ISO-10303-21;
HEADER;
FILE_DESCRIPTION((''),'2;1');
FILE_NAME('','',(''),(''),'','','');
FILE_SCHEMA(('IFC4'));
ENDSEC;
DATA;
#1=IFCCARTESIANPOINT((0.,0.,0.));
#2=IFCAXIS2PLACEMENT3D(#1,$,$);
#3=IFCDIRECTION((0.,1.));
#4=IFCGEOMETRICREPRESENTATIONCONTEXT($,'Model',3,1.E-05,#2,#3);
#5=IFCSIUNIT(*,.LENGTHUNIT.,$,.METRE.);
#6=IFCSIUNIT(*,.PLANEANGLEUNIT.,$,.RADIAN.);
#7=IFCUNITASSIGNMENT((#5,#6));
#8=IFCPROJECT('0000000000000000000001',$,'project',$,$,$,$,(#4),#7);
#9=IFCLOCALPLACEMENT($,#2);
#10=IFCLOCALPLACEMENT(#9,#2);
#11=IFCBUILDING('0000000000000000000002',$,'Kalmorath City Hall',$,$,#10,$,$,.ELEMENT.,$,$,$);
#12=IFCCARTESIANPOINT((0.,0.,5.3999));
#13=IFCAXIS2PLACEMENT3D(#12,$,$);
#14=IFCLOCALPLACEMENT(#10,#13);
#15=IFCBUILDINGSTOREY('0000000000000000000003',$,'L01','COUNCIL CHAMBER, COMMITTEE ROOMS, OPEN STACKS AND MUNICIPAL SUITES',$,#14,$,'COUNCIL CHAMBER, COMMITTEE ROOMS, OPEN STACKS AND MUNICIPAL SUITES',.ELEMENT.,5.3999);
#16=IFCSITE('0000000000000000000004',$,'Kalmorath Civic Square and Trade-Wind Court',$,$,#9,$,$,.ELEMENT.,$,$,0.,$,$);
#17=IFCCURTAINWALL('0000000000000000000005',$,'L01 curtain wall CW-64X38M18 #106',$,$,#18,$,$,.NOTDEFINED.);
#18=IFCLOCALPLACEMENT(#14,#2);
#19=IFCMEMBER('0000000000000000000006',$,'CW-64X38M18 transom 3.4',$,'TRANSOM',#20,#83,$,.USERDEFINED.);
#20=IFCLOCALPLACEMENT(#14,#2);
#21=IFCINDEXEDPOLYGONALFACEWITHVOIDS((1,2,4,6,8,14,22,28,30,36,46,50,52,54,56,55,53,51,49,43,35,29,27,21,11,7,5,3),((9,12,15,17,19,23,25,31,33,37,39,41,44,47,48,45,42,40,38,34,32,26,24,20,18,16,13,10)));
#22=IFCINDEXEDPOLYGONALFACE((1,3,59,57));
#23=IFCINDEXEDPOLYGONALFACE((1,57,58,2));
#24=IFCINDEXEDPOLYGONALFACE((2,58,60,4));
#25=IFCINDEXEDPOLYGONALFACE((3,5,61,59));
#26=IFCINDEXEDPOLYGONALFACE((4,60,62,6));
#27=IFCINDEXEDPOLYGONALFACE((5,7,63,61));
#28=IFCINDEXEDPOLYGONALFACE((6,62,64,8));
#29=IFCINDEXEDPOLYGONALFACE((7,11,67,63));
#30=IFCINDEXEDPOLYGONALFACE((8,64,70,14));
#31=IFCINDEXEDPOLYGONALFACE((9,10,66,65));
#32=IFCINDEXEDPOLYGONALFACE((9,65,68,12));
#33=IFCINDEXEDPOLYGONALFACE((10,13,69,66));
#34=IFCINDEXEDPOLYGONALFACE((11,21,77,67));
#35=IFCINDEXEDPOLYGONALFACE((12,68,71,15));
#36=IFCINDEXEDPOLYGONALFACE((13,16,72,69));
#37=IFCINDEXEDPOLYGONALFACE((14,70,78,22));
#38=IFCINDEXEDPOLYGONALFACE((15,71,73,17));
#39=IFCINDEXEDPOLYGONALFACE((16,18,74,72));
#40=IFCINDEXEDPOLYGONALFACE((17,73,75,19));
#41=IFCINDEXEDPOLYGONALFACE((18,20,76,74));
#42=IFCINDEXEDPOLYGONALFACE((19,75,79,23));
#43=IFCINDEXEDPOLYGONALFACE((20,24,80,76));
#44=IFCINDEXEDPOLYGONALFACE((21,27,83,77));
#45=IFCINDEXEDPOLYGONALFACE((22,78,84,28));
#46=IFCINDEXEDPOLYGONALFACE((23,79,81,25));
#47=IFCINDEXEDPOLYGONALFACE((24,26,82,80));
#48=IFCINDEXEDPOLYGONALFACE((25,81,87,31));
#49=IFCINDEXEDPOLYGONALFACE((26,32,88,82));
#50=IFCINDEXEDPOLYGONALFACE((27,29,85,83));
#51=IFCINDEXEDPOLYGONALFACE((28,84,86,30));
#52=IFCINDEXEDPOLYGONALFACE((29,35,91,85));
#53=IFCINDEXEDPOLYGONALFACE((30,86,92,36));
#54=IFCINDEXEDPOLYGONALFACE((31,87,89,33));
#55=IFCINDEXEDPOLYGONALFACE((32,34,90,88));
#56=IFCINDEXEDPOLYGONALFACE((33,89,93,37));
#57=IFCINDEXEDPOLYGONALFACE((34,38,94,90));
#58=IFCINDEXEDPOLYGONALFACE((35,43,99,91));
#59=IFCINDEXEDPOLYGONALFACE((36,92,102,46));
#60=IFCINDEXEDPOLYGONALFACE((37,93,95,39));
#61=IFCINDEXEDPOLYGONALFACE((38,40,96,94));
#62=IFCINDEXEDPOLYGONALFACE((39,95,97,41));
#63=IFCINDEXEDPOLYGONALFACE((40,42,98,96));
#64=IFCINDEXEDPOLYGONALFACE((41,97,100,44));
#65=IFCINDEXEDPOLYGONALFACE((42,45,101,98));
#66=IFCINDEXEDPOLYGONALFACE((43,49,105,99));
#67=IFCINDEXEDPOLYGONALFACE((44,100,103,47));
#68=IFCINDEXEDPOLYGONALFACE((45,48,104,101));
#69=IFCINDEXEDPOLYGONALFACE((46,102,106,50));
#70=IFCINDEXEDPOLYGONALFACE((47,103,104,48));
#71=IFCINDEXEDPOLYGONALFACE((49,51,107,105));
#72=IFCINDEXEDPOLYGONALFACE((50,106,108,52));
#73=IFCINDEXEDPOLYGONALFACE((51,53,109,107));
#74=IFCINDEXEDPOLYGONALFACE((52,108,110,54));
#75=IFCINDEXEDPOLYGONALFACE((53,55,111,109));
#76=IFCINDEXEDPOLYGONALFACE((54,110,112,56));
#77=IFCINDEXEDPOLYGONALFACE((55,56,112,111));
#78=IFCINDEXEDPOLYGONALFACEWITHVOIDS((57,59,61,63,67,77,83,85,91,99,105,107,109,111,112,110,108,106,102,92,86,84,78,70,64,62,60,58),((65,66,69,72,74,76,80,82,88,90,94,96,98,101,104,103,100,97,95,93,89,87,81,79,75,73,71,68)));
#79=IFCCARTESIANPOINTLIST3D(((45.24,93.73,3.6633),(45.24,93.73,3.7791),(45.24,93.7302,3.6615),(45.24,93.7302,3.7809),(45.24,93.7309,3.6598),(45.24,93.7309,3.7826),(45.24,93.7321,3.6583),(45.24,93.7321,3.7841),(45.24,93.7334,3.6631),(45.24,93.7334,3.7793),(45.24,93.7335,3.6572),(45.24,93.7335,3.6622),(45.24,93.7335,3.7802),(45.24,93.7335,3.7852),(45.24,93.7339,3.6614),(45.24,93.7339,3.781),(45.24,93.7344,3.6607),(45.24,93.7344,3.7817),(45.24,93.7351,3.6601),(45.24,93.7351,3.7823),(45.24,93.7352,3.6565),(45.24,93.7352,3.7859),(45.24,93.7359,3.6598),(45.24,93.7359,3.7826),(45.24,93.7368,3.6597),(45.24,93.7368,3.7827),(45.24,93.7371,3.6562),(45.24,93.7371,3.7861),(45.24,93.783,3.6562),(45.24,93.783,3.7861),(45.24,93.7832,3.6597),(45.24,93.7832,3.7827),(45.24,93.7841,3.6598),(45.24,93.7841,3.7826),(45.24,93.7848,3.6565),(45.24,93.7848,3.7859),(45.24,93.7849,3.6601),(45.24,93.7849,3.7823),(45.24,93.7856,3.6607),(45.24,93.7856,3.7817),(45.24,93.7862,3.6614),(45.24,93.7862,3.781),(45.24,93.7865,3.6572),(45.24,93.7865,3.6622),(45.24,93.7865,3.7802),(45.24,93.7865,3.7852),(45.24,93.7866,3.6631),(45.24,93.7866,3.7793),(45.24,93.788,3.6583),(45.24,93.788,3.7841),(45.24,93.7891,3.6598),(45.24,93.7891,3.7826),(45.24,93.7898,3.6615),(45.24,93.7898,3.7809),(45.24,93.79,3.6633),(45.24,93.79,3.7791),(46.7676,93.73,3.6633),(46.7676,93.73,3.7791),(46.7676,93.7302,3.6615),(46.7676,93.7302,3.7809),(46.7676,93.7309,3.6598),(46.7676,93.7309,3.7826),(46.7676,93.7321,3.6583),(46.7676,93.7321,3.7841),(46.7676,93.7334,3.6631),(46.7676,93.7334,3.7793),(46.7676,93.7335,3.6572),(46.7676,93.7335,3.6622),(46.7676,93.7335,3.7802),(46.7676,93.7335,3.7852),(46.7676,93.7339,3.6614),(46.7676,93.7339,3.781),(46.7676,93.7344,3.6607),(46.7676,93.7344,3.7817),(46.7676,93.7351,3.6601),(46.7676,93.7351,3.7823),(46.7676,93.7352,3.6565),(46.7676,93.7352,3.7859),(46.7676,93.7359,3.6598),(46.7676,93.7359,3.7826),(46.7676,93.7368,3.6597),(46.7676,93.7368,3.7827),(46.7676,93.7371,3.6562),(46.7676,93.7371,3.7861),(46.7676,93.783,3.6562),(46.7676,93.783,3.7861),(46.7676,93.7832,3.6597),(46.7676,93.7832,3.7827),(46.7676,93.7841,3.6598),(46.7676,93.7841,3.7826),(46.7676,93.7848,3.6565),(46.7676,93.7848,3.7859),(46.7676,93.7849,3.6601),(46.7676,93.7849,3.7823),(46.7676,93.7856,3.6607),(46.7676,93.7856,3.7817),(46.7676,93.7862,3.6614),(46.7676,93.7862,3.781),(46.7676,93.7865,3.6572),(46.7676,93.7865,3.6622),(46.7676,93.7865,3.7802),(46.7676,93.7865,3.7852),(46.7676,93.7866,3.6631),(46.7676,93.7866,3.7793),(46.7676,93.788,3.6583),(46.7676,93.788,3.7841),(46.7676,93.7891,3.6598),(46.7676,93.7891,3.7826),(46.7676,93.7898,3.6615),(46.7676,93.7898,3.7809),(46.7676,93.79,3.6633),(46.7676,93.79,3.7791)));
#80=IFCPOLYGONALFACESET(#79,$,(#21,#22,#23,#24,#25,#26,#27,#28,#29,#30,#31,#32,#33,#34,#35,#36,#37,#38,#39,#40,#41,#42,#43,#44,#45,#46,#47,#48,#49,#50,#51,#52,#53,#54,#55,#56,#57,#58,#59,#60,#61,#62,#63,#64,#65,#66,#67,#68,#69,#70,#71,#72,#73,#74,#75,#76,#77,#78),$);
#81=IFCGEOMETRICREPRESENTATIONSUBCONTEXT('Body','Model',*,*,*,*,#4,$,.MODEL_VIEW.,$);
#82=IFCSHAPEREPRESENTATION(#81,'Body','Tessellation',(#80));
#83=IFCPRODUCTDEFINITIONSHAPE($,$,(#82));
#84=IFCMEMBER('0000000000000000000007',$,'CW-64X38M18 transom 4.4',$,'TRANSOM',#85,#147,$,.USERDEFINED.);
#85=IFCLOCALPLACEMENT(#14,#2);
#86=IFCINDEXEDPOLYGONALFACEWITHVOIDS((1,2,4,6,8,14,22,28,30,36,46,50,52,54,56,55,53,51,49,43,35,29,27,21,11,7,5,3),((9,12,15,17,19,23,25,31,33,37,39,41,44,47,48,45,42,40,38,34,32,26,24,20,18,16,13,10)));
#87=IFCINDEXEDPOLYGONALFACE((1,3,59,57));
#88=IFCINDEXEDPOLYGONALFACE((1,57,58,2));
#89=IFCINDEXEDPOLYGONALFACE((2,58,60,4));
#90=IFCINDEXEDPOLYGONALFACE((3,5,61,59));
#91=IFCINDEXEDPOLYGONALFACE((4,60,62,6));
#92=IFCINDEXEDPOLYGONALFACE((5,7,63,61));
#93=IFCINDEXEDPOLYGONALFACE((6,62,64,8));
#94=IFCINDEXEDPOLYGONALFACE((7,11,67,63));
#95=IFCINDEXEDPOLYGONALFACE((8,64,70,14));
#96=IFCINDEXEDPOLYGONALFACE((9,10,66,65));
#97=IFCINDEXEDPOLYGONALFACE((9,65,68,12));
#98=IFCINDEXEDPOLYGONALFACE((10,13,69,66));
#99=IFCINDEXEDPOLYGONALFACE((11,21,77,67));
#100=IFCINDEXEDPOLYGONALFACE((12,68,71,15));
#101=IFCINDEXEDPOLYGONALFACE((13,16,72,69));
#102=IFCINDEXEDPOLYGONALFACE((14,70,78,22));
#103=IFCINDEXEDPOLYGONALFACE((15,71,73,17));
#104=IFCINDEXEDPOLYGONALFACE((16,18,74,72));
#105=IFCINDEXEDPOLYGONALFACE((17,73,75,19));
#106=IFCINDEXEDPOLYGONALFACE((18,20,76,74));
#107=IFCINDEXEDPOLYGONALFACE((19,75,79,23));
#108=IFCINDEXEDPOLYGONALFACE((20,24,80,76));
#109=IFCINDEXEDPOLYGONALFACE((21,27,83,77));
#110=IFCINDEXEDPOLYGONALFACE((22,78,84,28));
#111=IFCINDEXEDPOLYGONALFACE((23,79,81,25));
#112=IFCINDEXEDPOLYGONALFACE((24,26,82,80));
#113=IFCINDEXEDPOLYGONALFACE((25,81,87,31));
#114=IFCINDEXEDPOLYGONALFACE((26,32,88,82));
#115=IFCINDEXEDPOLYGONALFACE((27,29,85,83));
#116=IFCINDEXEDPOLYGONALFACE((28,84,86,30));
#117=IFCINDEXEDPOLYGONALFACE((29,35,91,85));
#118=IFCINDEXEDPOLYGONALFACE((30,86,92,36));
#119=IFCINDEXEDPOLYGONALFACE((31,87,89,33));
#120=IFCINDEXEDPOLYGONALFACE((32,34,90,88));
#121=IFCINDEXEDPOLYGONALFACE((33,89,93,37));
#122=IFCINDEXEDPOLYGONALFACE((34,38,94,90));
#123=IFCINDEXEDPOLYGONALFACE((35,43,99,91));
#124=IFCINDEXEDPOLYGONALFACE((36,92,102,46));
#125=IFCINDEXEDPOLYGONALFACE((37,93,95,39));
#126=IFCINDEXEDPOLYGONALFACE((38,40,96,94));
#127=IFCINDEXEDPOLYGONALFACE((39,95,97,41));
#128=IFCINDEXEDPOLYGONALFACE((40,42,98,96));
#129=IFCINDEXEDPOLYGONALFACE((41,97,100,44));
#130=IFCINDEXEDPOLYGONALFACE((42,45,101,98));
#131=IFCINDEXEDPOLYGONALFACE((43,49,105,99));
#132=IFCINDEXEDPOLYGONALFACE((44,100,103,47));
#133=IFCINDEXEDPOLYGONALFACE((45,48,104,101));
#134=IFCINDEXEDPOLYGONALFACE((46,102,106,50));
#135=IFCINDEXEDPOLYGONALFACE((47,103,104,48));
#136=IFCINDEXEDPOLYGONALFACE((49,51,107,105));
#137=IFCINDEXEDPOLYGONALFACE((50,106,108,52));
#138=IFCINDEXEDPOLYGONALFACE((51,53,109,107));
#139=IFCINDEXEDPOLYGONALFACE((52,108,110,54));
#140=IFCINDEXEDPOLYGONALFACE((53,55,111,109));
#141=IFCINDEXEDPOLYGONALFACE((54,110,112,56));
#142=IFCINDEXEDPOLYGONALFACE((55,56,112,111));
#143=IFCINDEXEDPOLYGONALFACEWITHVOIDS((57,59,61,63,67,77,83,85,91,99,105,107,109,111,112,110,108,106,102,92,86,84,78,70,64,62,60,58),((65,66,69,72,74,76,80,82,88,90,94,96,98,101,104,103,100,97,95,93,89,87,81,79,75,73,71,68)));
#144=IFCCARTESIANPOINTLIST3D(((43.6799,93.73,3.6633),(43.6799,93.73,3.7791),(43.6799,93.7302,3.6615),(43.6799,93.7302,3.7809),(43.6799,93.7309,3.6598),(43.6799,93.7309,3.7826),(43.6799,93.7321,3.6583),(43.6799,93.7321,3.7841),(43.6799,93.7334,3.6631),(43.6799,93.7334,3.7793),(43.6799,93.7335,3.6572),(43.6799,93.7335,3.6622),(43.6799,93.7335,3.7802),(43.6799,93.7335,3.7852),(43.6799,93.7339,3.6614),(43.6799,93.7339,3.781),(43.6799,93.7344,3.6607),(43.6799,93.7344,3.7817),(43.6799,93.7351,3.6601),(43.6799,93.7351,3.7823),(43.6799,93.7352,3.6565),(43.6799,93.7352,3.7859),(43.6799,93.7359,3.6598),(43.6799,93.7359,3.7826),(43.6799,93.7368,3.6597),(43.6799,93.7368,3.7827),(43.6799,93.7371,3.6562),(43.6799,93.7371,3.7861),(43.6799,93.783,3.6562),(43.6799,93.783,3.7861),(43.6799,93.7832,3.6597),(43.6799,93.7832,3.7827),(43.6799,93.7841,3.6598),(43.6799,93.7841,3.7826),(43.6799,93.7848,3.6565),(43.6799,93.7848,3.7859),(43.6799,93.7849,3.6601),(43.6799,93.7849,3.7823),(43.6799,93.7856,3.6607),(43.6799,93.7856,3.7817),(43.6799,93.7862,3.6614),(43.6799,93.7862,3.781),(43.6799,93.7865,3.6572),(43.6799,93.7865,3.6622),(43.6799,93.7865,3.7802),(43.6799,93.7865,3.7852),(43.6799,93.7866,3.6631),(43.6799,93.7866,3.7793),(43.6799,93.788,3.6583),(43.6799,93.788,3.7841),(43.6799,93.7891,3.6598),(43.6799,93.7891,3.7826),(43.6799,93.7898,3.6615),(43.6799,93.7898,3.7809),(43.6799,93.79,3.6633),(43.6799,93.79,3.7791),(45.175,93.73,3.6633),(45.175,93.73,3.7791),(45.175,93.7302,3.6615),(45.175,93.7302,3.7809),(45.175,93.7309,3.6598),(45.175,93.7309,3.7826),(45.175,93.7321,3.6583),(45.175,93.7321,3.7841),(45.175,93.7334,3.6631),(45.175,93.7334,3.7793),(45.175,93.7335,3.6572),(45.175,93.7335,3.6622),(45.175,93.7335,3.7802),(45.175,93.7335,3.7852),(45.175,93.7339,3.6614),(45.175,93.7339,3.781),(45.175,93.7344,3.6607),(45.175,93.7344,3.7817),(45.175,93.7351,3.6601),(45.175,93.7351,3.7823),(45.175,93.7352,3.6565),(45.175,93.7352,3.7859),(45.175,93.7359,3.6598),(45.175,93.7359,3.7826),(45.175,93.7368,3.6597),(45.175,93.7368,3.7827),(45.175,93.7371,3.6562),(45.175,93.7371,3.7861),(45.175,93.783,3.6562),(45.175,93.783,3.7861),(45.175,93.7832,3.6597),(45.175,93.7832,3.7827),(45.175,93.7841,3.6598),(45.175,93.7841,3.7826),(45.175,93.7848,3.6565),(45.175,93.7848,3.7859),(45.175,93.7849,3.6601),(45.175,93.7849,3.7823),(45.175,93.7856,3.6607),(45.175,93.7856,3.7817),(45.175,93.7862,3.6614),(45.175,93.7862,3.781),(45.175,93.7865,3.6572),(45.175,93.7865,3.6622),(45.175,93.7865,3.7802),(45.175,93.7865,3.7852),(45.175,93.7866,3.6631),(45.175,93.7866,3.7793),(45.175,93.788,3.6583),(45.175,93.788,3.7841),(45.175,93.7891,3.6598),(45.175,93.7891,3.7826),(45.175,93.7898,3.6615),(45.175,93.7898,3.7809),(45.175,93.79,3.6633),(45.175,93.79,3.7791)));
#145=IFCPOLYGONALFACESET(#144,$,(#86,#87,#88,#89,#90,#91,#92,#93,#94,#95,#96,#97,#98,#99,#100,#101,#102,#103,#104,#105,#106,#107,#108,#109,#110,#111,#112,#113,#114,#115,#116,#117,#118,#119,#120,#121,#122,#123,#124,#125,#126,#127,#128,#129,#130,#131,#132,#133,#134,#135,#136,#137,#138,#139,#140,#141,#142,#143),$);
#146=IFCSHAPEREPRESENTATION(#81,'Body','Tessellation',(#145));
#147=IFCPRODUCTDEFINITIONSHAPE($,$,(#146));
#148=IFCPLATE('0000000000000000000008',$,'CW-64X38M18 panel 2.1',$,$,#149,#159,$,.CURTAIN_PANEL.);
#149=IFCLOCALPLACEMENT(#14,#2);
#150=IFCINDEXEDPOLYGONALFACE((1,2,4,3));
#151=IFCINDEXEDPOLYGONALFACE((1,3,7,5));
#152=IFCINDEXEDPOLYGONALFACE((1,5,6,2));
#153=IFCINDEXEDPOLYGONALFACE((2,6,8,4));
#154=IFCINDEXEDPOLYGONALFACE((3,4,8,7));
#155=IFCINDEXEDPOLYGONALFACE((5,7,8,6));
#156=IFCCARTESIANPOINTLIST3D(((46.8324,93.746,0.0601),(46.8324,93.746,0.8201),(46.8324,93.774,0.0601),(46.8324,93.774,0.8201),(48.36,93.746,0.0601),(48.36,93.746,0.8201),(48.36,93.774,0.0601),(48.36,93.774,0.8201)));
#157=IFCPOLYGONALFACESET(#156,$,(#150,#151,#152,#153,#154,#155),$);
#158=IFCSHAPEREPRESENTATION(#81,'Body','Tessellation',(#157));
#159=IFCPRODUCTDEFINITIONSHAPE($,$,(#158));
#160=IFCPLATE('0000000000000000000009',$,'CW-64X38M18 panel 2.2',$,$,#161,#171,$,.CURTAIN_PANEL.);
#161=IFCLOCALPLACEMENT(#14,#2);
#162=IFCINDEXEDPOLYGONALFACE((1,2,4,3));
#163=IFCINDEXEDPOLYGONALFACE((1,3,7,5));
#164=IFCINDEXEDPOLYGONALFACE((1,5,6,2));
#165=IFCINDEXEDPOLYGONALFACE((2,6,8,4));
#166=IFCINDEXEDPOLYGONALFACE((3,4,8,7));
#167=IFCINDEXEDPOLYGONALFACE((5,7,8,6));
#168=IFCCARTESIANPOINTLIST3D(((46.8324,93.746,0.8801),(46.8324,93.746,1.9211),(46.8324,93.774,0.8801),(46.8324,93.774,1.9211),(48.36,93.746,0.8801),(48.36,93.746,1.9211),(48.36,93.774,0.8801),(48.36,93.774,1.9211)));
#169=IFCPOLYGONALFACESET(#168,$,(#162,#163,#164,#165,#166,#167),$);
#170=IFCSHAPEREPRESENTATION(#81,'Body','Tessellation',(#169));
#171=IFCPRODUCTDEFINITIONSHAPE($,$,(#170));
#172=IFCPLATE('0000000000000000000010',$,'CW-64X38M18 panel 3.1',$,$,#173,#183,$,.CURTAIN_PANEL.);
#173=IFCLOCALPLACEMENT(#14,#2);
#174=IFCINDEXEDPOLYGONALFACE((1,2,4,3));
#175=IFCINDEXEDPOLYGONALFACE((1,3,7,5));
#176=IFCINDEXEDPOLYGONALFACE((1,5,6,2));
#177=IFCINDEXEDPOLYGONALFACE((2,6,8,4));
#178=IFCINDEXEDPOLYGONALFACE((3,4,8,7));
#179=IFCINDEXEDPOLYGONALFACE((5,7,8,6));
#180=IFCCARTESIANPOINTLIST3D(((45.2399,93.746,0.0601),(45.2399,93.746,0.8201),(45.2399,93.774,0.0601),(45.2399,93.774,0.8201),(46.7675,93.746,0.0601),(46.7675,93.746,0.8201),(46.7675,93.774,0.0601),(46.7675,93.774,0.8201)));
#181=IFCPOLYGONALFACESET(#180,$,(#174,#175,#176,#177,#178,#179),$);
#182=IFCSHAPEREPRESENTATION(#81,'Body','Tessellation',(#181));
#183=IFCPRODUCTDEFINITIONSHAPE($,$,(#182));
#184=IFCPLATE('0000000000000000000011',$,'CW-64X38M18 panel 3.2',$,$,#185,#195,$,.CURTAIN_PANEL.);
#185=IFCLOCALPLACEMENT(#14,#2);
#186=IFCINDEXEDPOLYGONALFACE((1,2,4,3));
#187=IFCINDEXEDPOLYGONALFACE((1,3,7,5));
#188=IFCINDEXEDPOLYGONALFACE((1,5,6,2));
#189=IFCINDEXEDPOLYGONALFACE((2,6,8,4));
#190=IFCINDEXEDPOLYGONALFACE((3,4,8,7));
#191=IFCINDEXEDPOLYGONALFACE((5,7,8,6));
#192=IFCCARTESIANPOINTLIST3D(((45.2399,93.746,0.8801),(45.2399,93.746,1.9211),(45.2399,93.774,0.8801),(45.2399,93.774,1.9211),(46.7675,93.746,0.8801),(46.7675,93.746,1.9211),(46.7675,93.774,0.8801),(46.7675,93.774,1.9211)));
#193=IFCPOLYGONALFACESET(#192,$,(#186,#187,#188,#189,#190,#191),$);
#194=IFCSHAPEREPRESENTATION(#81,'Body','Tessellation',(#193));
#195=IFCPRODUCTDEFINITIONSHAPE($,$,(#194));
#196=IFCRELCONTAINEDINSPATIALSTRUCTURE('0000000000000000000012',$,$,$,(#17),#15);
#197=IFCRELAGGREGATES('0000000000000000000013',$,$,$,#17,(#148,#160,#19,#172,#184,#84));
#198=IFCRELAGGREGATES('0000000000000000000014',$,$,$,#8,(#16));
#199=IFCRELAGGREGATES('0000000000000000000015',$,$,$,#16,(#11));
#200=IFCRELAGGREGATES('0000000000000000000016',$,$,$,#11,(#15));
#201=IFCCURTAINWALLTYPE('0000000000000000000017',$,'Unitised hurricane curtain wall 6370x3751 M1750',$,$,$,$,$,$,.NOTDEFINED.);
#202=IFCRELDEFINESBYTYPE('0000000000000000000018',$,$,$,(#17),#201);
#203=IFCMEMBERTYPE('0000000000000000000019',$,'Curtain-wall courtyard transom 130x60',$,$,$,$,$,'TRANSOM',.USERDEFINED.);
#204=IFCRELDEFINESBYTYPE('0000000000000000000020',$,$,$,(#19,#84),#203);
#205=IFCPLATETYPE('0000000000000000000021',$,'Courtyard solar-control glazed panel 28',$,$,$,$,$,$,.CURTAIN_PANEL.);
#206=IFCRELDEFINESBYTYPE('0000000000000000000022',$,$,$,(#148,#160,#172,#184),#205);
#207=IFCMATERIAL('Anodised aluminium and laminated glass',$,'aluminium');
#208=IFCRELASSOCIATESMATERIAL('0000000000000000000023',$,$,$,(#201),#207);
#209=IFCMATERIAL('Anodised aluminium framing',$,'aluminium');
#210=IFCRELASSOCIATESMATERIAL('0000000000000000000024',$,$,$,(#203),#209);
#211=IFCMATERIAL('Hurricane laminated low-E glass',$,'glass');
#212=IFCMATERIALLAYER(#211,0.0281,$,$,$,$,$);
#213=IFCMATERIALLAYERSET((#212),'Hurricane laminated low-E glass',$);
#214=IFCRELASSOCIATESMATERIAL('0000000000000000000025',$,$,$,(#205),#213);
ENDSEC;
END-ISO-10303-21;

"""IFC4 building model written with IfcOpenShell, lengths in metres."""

from ifc_helpers import new_model, si_unit, direction, frame, origin, origin_2d, place, context, subcontext, project, spatial, rectangle, hollow_rectangle, extrude, material, layer, layer_set, material_profile, profile_set, type_object, element, aggregate, save


model = new_model("IFC4")

# Units and contexts
model_context = context("Model", 3, precision=1e-05, world=origin(), true_north=direction((0.0, 1.0)))
body_context = subcontext(model_context, "Body", "Model", "MODEL_VIEW")
ifc_project = project(units=[si_unit("LENGTHUNIT", "METRE"), si_unit("PLANEANGLEUNIT", "RADIAN")], contexts=[model_context])

# Site, building, storey
site_placement = place(None, origin())
site = spatial("IfcSite", under=ifc_project, at=site_placement, Name="Kalmorath Civic Square and Trade-Wind Court", CompositionType="ELEMENT", RefElevation=0.0)
building_placement = place(site_placement, origin())
building = spatial("IfcBuilding", under=site, at=building_placement, Name="Kalmorath City Hall", CompositionType="ELEMENT")
storey_placement = place(building_placement, frame((0.0, 0.0, 5.3999)))
storey = spatial("IfcBuildingStorey", under=building, at=storey_placement, Name="L01", Description="COUNCIL CHAMBER, COMMITTEE ROOMS, OPEN STACKS AND MUNICIPAL SUITES", LongName="COUNCIL CHAMBER, COMMITTEE ROOMS, OPEN STACKS AND MUNICIPAL SUITES", CompositionType="ELEMENT", Elevation=5.3999)

# Curtain wall, members, plates
ifc_material_1 = material(Name="Anodised aluminium and laminated glass", Category="aluminium")
curtain_wall_type = type_object("IfcCurtainWallType", Name="Unitised hurricane curtain wall 6370x3751 M1750", PredefinedType="NOTDEFINED", material=ifc_material_1)
curtain_wall_placement = place(storey_placement, origin())
curtain_wall = element("IfcCurtainWall", 1, at=curtain_wall_placement, inside=storey, type_object=curtain_wall_type, Name="L01 curtain wall CW-64X38M18 #106", PredefinedType="NOTDEFINED")
ifc_material_2 = material(Name="Anodised aluminium framing", Category="aluminium")
ifc_material_profile_1 = material_profile(ifc_material_2, hollow_rectangle(XDim=0.0601, YDim=0.1299, WallThickness=0.0034, InnerFilletRadius=0.0034, OuterFilletRadius=0.0071, at=origin_2d()), Name="ALU-TRN-130X60X3.5")
ifc_profile_set_1 = profile_set([ifc_material_profile_1], Name="Anodised aluminium framing")
member_type_1 = type_object("IfcMemberType", Name="Curtain-wall courtyard transom 130x60", ElementType="TRANSOM", PredefinedType="USERDEFINED", material=ifc_profile_set_1)
member_1_placement = place(storey_placement, frame((46.7676, 93.76, 3.7212), z_axis=(-1.0, 0.0, 0.0), x_axis=(0.0, -1.0, 0.0)))
member_1 = element("IfcMember", 2, at=member_1_placement, type_object=member_type_1, Name="CW-64X38M18 transom 3.4", ObjectType="TRANSOM", PredefinedType="USERDEFINED", context=body_context, shape_type="SweptSolid", body=[
    extrude(hollow_rectangle(XDim=0.0601, YDim=0.1299, WallThickness=0.0034, InnerFilletRadius=0.0034, OuterFilletRadius=0.0071, at=origin_2d()), origin(), (0.0, 0.0, 1.0), 1.5276),
])
member_2_placement = place(storey_placement, frame((45.175, 93.76, 3.7212), z_axis=(-1.0, 0.0, 0.0), x_axis=(0.0, -1.0, 0.0)))
member_2 = element("IfcMember", 3, at=member_2_placement, type_object=member_type_1, Name="CW-64X38M18 transom 4.4", ObjectType="TRANSOM", PredefinedType="USERDEFINED", context=body_context, shape_type="SweptSolid", body=[
    extrude(hollow_rectangle(XDim=0.0601, YDim=0.1299, WallThickness=0.0034, InnerFilletRadius=0.0034, OuterFilletRadius=0.0071, at=origin_2d()), origin(), (0.0, 0.0, 1.0), 1.4951),
])
ifc_material_3 = material(Name="Hurricane laminated low-E glass", Category="glass")
ifc_layer_1 = layer(ifc_material_3, 0.0281)
ifc_layer_set_1 = layer_set([ifc_layer_1], Name="Hurricane laminated low-E glass")
plate_type = type_object("IfcPlateType", Name="Courtyard solar-control glazed panel 28", PredefinedType="CURTAIN_PANEL", material=ifc_layer_set_1)
plate_1_placement = place(storey_placement, frame((47.5962, 93.76, 0.0601), z_axis=(0.0, 0.0, 1.0), x_axis=(-1.0, 0.0, 0.0)))
plate_1 = element("IfcPlate", 4, at=plate_1_placement, type_object=plate_type, Name="CW-64X38M18 panel 2.1", PredefinedType="CURTAIN_PANEL", context=body_context, shape_type="SweptSolid", body=[
    extrude(rectangle(XDim=1.5276, YDim=0.0281, at=origin_2d()), origin(), (0.0, 0.0, 1.0), 0.76),
])
plate_2_placement = place(storey_placement, frame((47.5962, 93.76, 0.8801), z_axis=(0.0, 0.0, 1.0), x_axis=(-1.0, 0.0, 0.0)))
plate_2 = element("IfcPlate", 5, at=plate_2_placement, type_object=plate_type, Name="CW-64X38M18 panel 2.2", PredefinedType="CURTAIN_PANEL", context=body_context, shape_type="SweptSolid", body=[
    extrude(rectangle(XDim=1.5276, YDim=0.0281, at=origin_2d()), origin(), (0.0, 0.0, 1.0), 1.041),
])
plate_3_placement = place(storey_placement, frame((46.0037, 93.76, 0.0601), z_axis=(0.0, 0.0, 1.0), x_axis=(-1.0, 0.0, 0.0)))
plate_3 = element("IfcPlate", 6, at=plate_3_placement, type_object=plate_type, Name="CW-64X38M18 panel 3.1", PredefinedType="CURTAIN_PANEL", context=body_context, shape_type="SweptSolid", body=[
    extrude(rectangle(XDim=1.5276, YDim=0.0281, at=origin_2d()), origin(), (0.0, 0.0, 1.0), 0.76),
])
plate_4_placement = place(storey_placement, frame((46.0037, 93.76, 0.8801), z_axis=(0.0, 0.0, 1.0), x_axis=(-1.0, 0.0, 0.0)))
plate_4 = element("IfcPlate", 7, at=plate_4_placement, type_object=plate_type, Name="CW-64X38M18 panel 3.2", PredefinedType="CURTAIN_PANEL", context=body_context, shape_type="SweptSolid", body=[
    extrude(rectangle(XDim=1.5276, YDim=0.0281, at=origin_2d()), origin(), (0.0, 0.0, 1.0), 1.041),
])
aggregate(curtain_wall, [plate_1, plate_2, member_1, plate_3, plate_4, member_2])

save(model, "model.ifc")
